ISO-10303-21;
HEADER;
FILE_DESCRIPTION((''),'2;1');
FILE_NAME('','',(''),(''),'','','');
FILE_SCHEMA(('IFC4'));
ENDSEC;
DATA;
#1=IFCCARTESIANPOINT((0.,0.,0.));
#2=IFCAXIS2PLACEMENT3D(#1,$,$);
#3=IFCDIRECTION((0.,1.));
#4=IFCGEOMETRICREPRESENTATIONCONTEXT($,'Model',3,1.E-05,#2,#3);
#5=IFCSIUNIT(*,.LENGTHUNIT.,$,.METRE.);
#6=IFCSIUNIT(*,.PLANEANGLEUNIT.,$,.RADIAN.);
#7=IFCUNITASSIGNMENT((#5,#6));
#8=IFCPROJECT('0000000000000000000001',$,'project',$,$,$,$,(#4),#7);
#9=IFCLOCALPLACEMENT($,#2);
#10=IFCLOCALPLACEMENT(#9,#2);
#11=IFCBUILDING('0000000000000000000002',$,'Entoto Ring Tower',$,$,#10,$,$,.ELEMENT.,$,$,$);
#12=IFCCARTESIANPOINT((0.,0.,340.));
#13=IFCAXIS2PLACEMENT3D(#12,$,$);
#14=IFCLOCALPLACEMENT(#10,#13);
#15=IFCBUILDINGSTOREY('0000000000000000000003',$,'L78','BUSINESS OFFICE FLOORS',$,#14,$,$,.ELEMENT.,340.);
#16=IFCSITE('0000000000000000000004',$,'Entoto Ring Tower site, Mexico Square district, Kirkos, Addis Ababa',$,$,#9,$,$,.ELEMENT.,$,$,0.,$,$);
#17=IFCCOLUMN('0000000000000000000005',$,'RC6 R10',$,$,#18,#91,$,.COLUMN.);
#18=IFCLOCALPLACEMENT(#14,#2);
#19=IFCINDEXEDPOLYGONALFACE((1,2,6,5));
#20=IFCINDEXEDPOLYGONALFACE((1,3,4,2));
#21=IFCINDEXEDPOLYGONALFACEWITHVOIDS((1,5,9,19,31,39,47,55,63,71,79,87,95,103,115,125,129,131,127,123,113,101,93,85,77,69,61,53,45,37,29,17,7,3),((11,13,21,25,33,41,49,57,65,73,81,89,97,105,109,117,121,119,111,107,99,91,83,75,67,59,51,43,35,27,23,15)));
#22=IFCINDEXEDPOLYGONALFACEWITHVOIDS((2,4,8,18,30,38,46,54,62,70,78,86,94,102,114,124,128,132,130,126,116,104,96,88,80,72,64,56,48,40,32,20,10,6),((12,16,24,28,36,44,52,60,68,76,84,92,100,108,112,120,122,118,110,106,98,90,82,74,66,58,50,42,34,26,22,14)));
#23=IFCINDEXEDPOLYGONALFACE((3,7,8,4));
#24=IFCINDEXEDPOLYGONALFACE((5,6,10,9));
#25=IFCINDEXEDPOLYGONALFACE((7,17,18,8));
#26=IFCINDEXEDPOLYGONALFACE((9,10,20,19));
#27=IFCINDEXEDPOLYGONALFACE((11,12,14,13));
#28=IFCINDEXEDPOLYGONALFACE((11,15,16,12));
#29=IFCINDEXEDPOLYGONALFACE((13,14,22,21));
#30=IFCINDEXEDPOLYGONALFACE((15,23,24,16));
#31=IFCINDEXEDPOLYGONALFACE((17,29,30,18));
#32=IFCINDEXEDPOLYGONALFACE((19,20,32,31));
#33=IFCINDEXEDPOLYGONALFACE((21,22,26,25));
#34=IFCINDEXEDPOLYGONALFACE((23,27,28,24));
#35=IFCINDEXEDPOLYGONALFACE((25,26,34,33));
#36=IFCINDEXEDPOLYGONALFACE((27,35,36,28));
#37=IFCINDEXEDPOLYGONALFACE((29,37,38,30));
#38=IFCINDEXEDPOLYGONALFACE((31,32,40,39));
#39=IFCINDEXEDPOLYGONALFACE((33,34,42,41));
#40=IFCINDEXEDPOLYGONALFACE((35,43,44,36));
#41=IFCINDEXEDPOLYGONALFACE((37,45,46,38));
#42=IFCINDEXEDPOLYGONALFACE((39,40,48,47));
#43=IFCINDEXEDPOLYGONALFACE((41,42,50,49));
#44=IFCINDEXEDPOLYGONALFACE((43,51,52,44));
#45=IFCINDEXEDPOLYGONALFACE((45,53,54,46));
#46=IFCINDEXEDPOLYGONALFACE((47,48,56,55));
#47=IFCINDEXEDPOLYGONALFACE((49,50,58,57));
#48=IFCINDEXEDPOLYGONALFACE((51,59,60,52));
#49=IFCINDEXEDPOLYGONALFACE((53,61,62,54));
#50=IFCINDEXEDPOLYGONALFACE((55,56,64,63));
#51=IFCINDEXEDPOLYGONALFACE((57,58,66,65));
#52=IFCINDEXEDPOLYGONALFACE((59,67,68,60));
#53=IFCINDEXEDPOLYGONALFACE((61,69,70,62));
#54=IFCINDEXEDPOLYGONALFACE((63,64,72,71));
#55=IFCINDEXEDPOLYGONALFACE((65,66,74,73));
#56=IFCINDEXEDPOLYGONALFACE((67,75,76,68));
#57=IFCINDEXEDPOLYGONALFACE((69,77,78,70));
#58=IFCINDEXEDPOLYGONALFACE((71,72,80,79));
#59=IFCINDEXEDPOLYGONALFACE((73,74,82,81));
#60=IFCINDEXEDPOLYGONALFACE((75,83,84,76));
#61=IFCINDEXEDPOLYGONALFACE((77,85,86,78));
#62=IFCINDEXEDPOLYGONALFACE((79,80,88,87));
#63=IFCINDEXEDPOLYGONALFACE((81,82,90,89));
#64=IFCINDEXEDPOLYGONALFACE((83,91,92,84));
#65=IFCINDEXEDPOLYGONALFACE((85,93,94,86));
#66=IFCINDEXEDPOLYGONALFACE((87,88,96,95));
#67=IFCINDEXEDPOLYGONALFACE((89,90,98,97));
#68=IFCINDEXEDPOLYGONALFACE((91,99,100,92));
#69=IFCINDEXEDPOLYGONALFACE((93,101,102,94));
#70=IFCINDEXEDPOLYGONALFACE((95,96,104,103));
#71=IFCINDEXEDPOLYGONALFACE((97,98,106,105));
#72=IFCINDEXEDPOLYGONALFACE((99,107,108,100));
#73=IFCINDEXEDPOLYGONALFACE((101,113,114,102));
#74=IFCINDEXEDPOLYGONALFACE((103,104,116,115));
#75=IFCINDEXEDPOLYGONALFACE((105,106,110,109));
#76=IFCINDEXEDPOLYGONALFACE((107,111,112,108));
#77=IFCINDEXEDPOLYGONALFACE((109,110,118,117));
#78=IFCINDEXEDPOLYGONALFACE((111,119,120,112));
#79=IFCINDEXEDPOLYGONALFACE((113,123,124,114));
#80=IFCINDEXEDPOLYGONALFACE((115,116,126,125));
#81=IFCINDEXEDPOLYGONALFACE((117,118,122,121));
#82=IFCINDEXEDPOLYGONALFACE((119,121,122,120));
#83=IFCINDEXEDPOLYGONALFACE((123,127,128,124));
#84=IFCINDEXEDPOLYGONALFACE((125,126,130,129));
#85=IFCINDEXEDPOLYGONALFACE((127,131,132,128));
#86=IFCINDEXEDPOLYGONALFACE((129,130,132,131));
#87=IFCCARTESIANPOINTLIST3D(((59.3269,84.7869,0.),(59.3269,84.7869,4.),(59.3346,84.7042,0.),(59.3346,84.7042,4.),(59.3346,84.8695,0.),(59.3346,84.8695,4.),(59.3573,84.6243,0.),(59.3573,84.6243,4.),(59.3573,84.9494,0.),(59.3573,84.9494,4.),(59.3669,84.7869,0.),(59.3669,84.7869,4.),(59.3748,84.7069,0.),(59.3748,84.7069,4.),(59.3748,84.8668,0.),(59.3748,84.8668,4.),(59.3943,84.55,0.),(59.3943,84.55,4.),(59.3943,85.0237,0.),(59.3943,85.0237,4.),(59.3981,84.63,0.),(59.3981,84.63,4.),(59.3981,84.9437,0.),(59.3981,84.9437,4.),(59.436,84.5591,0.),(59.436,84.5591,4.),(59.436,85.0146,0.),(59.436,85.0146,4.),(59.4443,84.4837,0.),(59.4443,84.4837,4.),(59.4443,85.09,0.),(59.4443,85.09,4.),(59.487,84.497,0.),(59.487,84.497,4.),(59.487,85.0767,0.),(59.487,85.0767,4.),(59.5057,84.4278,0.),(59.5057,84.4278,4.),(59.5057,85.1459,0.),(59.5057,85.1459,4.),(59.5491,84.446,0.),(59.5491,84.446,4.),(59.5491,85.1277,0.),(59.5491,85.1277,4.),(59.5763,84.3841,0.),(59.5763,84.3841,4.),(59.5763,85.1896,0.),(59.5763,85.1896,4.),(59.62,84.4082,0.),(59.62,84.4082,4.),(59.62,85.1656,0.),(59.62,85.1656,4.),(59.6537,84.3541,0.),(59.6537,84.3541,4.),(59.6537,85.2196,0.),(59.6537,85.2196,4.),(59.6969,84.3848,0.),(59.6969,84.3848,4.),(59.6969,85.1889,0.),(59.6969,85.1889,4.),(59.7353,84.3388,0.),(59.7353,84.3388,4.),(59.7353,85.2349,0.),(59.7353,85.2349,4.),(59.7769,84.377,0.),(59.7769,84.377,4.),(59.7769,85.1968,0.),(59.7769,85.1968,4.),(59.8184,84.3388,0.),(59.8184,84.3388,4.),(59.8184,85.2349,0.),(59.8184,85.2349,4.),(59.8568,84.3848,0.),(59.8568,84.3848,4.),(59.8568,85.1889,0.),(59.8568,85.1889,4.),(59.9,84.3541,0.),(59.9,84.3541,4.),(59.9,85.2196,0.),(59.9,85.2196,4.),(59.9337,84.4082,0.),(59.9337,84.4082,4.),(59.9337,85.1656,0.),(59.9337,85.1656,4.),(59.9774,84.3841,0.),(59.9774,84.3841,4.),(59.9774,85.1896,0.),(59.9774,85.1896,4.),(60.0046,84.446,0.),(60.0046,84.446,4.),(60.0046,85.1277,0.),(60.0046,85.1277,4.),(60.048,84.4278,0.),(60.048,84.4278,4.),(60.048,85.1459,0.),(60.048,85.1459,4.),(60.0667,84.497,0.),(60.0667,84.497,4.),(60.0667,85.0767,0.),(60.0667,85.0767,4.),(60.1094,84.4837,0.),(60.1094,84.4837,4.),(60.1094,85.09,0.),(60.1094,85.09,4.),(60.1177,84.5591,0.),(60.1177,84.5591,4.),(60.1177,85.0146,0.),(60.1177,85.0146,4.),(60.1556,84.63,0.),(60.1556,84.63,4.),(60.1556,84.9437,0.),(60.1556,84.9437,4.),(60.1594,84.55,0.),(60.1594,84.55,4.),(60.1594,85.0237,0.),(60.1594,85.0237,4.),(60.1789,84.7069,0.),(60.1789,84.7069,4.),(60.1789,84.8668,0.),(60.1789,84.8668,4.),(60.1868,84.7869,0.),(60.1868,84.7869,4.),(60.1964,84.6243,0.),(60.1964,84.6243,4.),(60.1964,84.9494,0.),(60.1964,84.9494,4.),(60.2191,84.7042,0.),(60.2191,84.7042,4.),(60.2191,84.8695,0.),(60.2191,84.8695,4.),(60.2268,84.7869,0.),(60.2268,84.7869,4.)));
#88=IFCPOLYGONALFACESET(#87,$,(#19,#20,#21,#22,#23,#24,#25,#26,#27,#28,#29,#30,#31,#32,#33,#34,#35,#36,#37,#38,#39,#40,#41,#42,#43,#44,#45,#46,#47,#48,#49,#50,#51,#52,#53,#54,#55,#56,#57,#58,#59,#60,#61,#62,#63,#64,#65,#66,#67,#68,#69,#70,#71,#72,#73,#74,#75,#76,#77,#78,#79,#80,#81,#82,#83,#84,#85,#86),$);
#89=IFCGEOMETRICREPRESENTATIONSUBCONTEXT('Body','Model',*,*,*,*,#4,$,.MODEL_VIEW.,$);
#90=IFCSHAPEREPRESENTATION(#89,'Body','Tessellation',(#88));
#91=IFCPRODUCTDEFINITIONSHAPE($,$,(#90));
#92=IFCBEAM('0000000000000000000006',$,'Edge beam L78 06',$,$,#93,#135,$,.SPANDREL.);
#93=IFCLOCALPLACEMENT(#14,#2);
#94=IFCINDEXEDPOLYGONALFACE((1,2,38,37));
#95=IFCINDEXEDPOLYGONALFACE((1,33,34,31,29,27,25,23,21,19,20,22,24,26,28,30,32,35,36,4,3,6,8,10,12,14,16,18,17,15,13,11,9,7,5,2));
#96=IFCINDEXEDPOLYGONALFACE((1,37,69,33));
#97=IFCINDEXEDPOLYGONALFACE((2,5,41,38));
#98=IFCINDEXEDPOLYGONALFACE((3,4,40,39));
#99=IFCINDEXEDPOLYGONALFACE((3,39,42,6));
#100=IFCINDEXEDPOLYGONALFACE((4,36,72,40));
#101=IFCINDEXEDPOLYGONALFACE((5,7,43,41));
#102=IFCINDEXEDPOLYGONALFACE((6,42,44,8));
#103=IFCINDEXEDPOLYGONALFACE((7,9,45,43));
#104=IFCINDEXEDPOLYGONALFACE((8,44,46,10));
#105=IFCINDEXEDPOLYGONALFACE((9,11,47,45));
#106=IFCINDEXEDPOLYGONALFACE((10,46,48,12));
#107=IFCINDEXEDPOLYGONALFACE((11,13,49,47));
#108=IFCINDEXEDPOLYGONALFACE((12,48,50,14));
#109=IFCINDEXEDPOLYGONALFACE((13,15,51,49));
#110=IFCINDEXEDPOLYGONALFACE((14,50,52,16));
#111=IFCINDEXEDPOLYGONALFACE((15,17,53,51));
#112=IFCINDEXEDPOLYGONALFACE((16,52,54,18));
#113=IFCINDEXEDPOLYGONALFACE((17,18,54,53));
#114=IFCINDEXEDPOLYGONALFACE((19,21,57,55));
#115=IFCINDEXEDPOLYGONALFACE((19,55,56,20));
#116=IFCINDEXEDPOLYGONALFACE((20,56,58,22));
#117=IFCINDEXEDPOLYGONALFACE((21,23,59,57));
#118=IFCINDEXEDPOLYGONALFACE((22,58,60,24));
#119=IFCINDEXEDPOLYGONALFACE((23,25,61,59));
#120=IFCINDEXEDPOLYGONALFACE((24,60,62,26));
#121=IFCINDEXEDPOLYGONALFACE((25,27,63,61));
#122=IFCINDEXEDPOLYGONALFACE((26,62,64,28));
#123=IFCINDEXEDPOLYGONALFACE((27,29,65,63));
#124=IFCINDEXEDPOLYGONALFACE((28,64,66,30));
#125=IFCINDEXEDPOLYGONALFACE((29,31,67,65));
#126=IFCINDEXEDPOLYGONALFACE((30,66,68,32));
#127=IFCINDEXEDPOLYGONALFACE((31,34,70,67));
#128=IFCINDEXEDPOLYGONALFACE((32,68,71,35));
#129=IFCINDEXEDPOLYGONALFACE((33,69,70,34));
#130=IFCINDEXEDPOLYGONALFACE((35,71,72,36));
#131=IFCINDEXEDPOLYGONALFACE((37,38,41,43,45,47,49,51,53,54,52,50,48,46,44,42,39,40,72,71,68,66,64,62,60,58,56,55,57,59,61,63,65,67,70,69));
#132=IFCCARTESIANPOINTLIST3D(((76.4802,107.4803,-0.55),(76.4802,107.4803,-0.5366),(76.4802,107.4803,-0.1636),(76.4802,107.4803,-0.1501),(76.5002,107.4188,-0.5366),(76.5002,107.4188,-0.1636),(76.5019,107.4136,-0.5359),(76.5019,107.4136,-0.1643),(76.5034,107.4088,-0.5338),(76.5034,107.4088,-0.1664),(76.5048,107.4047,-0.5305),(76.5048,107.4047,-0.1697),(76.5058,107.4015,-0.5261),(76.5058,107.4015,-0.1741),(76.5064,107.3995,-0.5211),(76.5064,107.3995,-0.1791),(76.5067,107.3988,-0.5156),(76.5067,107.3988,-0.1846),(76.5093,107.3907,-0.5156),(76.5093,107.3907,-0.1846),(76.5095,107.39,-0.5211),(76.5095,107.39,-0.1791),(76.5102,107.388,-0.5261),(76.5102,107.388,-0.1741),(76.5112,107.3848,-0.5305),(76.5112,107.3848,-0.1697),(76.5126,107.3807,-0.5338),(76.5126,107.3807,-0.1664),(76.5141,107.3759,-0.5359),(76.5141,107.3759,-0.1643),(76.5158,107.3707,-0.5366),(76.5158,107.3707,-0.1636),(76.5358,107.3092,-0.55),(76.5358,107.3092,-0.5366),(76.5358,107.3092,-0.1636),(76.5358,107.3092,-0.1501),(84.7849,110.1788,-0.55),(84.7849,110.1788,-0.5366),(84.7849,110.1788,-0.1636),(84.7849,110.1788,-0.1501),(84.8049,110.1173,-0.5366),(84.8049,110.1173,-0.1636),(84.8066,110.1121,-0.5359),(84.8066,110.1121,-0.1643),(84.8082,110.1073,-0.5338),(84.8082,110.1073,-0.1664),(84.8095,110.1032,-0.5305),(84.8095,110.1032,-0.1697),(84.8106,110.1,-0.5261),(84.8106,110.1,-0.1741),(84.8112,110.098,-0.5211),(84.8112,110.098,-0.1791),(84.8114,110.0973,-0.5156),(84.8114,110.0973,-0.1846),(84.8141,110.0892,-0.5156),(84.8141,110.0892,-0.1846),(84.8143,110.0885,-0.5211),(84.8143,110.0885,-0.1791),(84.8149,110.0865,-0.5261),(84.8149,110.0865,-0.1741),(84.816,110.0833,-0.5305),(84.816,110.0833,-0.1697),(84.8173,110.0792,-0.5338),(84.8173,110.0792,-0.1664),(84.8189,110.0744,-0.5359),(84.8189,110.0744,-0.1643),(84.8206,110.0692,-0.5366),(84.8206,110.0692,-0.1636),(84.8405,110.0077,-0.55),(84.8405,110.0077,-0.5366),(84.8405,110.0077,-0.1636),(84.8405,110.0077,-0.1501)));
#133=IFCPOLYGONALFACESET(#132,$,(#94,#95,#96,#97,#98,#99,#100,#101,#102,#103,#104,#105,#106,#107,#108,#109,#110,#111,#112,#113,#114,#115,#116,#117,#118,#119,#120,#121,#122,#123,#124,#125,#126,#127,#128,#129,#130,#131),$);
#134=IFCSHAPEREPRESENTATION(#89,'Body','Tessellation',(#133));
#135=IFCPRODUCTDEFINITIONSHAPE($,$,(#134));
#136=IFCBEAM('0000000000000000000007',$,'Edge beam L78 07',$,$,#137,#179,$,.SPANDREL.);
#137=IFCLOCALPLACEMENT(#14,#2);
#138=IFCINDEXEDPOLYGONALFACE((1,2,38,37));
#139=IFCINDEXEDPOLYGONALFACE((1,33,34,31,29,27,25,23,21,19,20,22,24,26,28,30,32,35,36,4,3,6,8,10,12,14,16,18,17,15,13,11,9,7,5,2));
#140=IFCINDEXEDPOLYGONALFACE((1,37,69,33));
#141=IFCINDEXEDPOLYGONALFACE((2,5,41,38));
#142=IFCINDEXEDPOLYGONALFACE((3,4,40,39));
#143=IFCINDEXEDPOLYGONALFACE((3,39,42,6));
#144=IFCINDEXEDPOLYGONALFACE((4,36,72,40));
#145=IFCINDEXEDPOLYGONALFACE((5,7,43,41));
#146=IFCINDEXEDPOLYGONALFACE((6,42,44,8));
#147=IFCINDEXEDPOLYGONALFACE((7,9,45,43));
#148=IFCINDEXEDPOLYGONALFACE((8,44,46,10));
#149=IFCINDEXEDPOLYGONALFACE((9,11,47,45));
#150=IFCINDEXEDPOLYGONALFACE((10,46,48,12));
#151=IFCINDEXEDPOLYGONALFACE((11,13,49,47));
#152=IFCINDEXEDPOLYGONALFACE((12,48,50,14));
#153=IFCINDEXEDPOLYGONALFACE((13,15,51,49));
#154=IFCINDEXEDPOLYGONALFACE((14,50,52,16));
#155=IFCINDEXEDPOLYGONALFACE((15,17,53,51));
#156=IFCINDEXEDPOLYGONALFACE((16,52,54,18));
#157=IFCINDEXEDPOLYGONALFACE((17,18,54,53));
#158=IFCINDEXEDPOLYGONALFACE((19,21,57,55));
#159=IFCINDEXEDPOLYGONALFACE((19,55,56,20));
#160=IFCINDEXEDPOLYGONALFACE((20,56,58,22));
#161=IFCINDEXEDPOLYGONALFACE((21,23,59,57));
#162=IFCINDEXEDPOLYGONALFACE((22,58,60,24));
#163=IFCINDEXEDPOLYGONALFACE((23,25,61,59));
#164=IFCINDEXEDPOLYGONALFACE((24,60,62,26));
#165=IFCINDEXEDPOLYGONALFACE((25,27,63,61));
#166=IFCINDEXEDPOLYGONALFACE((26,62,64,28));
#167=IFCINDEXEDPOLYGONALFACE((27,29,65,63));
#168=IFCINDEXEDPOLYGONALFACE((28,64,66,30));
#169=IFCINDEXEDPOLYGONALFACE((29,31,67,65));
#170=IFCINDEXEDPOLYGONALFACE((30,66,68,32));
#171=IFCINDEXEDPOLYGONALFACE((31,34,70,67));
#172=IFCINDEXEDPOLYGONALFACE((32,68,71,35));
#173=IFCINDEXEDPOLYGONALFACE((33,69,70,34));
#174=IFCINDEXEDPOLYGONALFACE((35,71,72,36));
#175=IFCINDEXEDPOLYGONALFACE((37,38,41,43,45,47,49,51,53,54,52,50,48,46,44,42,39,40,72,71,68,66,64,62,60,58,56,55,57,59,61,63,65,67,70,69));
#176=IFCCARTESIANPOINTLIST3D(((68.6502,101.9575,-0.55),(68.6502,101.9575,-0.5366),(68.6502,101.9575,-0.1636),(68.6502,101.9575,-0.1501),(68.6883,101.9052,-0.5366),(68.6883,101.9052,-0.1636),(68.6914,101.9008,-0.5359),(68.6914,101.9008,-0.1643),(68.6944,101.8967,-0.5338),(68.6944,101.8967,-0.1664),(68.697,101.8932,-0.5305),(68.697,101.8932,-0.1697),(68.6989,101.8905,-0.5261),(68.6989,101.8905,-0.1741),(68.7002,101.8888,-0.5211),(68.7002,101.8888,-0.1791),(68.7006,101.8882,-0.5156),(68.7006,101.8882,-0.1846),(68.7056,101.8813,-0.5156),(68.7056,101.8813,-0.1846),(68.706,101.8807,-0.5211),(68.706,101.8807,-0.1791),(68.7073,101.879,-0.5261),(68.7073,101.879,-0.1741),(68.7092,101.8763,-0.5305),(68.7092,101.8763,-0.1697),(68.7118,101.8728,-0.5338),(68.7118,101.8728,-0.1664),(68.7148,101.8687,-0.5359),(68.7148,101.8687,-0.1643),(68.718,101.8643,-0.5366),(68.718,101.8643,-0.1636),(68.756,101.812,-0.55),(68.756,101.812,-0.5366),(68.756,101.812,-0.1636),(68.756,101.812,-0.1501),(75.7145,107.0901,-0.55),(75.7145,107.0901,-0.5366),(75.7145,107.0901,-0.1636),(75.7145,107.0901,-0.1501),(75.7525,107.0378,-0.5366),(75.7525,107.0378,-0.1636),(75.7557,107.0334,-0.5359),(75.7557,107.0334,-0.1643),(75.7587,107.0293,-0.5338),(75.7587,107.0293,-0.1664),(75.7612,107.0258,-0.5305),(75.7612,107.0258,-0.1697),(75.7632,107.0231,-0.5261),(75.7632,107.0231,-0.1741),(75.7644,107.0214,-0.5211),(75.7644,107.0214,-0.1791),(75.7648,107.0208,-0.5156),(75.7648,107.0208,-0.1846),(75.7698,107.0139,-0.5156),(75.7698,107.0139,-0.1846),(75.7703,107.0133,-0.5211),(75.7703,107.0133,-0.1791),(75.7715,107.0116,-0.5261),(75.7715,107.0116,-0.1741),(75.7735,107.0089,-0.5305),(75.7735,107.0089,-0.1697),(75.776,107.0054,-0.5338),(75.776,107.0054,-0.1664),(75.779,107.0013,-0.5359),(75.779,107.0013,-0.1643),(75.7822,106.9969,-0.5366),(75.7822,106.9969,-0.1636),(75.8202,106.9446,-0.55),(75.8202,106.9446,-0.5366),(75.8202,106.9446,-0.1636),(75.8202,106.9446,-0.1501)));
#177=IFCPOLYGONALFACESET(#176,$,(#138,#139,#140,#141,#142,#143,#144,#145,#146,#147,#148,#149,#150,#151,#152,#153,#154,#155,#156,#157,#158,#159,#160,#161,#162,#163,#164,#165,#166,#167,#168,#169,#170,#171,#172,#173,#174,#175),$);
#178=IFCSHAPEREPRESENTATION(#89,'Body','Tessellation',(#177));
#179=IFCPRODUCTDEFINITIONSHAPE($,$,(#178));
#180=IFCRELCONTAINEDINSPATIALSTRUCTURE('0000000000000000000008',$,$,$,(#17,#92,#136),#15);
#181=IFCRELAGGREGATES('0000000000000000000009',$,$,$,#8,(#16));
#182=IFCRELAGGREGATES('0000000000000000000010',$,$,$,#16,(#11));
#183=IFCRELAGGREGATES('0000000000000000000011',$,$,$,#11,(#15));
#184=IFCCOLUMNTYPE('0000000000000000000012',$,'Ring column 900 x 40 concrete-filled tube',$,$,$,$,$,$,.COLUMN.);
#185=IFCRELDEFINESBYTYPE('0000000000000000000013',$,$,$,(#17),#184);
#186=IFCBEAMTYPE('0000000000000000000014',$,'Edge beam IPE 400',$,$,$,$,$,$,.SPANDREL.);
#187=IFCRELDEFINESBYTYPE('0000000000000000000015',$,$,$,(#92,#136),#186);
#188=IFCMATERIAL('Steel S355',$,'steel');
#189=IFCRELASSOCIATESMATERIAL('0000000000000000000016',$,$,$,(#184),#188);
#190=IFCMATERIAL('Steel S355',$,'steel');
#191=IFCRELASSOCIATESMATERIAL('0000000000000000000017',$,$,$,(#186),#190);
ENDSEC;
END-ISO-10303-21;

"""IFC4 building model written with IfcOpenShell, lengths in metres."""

from ifc_helpers import new_model, si_unit, direction, frame, origin, origin_2d, place, context, subcontext, project, spatial, circle, hollow_circle, i_section, extrude, material, material_profile, profile_set, type_object, element, save


model = new_model("IFC4")

# Units and contexts
model_context = context("Model", 3, precision=1e-05, world=origin(), true_north=direction((0.0, 1.0)))
body_context = subcontext(model_context, "Body", "Model", "MODEL_VIEW")
ifc_project = project(units=[si_unit("LENGTHUNIT", "METRE"), si_unit("PLANEANGLEUNIT", "RADIAN")], contexts=[model_context])

# Site, building, storey
site_placement = place(None, origin())
site = spatial("IfcSite", under=ifc_project, at=site_placement, Name="Entoto Ring Tower site, Mexico Square district, Kirkos, Addis Ababa", CompositionType="ELEMENT", RefElevation=0.0)
building_placement = place(site_placement, origin())
building = spatial("IfcBuilding", under=site, at=building_placement, Name="Entoto Ring Tower", CompositionType="ELEMENT")
storey_placement = place(building_placement, frame((0.0, 0.0, 340.0)))
storey = spatial("IfcBuildingStorey", under=building, at=storey_placement, Name="L78", Description="BUSINESS OFFICE FLOORS", CompositionType="ELEMENT", Elevation=340.0)

# Column
ifc_material_1 = material(Name="Steel S355", Category="steel")
ifc_material_profile_1 = material_profile(ifc_material_1, hollow_circle(Radius=0.45, WallThickness=0.04, at=origin_2d()), Name="CHS 900 x 40")
ifc_material_2 = material(Name="Concrete C60/75", Category="concrete")
ifc_material_profile_2 = material_profile(ifc_material_2, circle(Radius=0.4099, at=origin_2d()), Name="Concrete C60/75 infill")
ifc_profile_set_1 = profile_set([ifc_material_profile_1, ifc_material_profile_2], Name="Steel S355")
column_type = type_object("IfcColumnType", Name="Ring column 900 x 40 concrete-filled tube", PredefinedType="COLUMN", material=ifc_profile_set_1)
for number, where, z_axis, x_axis, name in (
    (1, (59.7769, 84.7869, 0.0), (0.0, 0.0, 1.0), (1.0, 0.0, 0.0), "RC6 R10"),
):
    element("IfcColumn", number, at=place(storey_placement, frame(where, z_axis=z_axis, x_axis=x_axis)), inside=storey, type_object=column_type, Name=name, PredefinedType="COLUMN", context=body_context, shape_type="SweptSolid", body=[
        extrude(hollow_circle(Radius=0.45, WallThickness=0.04, at=origin_2d()), origin(), (0.0, 0.0, 1.0), 4.0),
    ])

# Beams
ifc_material_3 = material(Name="Steel S355", Category="steel")
ifc_material_profile_3 = material_profile(ifc_material_3, i_section(OverallWidth=0.1799, OverallDepth=0.3999, WebThickness=0.0085, FlangeThickness=0.0134, FilletRadius=0.021, at=origin_2d()), Name="IPE 400")
ifc_profile_set_2 = profile_set([ifc_material_profile_3], Name="Steel S355")
beam_type_1 = type_object("IfcBeamType", Name="Edge beam IPE 400", PredefinedType="SPANDREL", material=ifc_profile_set_2)
beam_1_placement = place(storey_placement, frame((84.8127, 110.0933, -0.3501), z_axis=(-0.951052, -0.30903, 0.0), x_axis=(0.30903, -0.951052, 0.0)))
element("IfcBeam", 2, at=beam_1_placement, inside=storey, type_object=beam_type_1, Name="Edge beam L78 06", PredefinedType="SPANDREL", context=body_context, shape_type="SweptSolid", body=[
    extrude(i_section(OverallWidth=0.1799, OverallDepth=0.3999, WebThickness=0.0085, FlangeThickness=0.0134, FilletRadius=0.021, at=origin_2d()), origin(), (0.0, 0.0, 1.0), 8.7322),
])
for number, where, z_axis, x_axis, name in (
    (3, (75.7673, 107.0173, -0.3501), (-0.80901, -0.587794, 0.0), (0.587794, -0.80901, 0.0), "Edge beam L78 07"),
):
    element("IfcBeam", number, at=place(storey_placement, frame(where, z_axis=z_axis, x_axis=x_axis)), inside=storey, type_object=beam_type_1, Name=name, PredefinedType="SPANDREL", context=body_context, shape_type="SweptSolid", body=[
        extrude(i_section(OverallWidth=0.1799, OverallDepth=0.3999, WebThickness=0.0085, FlangeThickness=0.0134, FilletRadius=0.021, at=origin_2d()), origin(), (0.0, 0.0, 1.0), 8.7319),
    ])

save(model, "model.ifc")
